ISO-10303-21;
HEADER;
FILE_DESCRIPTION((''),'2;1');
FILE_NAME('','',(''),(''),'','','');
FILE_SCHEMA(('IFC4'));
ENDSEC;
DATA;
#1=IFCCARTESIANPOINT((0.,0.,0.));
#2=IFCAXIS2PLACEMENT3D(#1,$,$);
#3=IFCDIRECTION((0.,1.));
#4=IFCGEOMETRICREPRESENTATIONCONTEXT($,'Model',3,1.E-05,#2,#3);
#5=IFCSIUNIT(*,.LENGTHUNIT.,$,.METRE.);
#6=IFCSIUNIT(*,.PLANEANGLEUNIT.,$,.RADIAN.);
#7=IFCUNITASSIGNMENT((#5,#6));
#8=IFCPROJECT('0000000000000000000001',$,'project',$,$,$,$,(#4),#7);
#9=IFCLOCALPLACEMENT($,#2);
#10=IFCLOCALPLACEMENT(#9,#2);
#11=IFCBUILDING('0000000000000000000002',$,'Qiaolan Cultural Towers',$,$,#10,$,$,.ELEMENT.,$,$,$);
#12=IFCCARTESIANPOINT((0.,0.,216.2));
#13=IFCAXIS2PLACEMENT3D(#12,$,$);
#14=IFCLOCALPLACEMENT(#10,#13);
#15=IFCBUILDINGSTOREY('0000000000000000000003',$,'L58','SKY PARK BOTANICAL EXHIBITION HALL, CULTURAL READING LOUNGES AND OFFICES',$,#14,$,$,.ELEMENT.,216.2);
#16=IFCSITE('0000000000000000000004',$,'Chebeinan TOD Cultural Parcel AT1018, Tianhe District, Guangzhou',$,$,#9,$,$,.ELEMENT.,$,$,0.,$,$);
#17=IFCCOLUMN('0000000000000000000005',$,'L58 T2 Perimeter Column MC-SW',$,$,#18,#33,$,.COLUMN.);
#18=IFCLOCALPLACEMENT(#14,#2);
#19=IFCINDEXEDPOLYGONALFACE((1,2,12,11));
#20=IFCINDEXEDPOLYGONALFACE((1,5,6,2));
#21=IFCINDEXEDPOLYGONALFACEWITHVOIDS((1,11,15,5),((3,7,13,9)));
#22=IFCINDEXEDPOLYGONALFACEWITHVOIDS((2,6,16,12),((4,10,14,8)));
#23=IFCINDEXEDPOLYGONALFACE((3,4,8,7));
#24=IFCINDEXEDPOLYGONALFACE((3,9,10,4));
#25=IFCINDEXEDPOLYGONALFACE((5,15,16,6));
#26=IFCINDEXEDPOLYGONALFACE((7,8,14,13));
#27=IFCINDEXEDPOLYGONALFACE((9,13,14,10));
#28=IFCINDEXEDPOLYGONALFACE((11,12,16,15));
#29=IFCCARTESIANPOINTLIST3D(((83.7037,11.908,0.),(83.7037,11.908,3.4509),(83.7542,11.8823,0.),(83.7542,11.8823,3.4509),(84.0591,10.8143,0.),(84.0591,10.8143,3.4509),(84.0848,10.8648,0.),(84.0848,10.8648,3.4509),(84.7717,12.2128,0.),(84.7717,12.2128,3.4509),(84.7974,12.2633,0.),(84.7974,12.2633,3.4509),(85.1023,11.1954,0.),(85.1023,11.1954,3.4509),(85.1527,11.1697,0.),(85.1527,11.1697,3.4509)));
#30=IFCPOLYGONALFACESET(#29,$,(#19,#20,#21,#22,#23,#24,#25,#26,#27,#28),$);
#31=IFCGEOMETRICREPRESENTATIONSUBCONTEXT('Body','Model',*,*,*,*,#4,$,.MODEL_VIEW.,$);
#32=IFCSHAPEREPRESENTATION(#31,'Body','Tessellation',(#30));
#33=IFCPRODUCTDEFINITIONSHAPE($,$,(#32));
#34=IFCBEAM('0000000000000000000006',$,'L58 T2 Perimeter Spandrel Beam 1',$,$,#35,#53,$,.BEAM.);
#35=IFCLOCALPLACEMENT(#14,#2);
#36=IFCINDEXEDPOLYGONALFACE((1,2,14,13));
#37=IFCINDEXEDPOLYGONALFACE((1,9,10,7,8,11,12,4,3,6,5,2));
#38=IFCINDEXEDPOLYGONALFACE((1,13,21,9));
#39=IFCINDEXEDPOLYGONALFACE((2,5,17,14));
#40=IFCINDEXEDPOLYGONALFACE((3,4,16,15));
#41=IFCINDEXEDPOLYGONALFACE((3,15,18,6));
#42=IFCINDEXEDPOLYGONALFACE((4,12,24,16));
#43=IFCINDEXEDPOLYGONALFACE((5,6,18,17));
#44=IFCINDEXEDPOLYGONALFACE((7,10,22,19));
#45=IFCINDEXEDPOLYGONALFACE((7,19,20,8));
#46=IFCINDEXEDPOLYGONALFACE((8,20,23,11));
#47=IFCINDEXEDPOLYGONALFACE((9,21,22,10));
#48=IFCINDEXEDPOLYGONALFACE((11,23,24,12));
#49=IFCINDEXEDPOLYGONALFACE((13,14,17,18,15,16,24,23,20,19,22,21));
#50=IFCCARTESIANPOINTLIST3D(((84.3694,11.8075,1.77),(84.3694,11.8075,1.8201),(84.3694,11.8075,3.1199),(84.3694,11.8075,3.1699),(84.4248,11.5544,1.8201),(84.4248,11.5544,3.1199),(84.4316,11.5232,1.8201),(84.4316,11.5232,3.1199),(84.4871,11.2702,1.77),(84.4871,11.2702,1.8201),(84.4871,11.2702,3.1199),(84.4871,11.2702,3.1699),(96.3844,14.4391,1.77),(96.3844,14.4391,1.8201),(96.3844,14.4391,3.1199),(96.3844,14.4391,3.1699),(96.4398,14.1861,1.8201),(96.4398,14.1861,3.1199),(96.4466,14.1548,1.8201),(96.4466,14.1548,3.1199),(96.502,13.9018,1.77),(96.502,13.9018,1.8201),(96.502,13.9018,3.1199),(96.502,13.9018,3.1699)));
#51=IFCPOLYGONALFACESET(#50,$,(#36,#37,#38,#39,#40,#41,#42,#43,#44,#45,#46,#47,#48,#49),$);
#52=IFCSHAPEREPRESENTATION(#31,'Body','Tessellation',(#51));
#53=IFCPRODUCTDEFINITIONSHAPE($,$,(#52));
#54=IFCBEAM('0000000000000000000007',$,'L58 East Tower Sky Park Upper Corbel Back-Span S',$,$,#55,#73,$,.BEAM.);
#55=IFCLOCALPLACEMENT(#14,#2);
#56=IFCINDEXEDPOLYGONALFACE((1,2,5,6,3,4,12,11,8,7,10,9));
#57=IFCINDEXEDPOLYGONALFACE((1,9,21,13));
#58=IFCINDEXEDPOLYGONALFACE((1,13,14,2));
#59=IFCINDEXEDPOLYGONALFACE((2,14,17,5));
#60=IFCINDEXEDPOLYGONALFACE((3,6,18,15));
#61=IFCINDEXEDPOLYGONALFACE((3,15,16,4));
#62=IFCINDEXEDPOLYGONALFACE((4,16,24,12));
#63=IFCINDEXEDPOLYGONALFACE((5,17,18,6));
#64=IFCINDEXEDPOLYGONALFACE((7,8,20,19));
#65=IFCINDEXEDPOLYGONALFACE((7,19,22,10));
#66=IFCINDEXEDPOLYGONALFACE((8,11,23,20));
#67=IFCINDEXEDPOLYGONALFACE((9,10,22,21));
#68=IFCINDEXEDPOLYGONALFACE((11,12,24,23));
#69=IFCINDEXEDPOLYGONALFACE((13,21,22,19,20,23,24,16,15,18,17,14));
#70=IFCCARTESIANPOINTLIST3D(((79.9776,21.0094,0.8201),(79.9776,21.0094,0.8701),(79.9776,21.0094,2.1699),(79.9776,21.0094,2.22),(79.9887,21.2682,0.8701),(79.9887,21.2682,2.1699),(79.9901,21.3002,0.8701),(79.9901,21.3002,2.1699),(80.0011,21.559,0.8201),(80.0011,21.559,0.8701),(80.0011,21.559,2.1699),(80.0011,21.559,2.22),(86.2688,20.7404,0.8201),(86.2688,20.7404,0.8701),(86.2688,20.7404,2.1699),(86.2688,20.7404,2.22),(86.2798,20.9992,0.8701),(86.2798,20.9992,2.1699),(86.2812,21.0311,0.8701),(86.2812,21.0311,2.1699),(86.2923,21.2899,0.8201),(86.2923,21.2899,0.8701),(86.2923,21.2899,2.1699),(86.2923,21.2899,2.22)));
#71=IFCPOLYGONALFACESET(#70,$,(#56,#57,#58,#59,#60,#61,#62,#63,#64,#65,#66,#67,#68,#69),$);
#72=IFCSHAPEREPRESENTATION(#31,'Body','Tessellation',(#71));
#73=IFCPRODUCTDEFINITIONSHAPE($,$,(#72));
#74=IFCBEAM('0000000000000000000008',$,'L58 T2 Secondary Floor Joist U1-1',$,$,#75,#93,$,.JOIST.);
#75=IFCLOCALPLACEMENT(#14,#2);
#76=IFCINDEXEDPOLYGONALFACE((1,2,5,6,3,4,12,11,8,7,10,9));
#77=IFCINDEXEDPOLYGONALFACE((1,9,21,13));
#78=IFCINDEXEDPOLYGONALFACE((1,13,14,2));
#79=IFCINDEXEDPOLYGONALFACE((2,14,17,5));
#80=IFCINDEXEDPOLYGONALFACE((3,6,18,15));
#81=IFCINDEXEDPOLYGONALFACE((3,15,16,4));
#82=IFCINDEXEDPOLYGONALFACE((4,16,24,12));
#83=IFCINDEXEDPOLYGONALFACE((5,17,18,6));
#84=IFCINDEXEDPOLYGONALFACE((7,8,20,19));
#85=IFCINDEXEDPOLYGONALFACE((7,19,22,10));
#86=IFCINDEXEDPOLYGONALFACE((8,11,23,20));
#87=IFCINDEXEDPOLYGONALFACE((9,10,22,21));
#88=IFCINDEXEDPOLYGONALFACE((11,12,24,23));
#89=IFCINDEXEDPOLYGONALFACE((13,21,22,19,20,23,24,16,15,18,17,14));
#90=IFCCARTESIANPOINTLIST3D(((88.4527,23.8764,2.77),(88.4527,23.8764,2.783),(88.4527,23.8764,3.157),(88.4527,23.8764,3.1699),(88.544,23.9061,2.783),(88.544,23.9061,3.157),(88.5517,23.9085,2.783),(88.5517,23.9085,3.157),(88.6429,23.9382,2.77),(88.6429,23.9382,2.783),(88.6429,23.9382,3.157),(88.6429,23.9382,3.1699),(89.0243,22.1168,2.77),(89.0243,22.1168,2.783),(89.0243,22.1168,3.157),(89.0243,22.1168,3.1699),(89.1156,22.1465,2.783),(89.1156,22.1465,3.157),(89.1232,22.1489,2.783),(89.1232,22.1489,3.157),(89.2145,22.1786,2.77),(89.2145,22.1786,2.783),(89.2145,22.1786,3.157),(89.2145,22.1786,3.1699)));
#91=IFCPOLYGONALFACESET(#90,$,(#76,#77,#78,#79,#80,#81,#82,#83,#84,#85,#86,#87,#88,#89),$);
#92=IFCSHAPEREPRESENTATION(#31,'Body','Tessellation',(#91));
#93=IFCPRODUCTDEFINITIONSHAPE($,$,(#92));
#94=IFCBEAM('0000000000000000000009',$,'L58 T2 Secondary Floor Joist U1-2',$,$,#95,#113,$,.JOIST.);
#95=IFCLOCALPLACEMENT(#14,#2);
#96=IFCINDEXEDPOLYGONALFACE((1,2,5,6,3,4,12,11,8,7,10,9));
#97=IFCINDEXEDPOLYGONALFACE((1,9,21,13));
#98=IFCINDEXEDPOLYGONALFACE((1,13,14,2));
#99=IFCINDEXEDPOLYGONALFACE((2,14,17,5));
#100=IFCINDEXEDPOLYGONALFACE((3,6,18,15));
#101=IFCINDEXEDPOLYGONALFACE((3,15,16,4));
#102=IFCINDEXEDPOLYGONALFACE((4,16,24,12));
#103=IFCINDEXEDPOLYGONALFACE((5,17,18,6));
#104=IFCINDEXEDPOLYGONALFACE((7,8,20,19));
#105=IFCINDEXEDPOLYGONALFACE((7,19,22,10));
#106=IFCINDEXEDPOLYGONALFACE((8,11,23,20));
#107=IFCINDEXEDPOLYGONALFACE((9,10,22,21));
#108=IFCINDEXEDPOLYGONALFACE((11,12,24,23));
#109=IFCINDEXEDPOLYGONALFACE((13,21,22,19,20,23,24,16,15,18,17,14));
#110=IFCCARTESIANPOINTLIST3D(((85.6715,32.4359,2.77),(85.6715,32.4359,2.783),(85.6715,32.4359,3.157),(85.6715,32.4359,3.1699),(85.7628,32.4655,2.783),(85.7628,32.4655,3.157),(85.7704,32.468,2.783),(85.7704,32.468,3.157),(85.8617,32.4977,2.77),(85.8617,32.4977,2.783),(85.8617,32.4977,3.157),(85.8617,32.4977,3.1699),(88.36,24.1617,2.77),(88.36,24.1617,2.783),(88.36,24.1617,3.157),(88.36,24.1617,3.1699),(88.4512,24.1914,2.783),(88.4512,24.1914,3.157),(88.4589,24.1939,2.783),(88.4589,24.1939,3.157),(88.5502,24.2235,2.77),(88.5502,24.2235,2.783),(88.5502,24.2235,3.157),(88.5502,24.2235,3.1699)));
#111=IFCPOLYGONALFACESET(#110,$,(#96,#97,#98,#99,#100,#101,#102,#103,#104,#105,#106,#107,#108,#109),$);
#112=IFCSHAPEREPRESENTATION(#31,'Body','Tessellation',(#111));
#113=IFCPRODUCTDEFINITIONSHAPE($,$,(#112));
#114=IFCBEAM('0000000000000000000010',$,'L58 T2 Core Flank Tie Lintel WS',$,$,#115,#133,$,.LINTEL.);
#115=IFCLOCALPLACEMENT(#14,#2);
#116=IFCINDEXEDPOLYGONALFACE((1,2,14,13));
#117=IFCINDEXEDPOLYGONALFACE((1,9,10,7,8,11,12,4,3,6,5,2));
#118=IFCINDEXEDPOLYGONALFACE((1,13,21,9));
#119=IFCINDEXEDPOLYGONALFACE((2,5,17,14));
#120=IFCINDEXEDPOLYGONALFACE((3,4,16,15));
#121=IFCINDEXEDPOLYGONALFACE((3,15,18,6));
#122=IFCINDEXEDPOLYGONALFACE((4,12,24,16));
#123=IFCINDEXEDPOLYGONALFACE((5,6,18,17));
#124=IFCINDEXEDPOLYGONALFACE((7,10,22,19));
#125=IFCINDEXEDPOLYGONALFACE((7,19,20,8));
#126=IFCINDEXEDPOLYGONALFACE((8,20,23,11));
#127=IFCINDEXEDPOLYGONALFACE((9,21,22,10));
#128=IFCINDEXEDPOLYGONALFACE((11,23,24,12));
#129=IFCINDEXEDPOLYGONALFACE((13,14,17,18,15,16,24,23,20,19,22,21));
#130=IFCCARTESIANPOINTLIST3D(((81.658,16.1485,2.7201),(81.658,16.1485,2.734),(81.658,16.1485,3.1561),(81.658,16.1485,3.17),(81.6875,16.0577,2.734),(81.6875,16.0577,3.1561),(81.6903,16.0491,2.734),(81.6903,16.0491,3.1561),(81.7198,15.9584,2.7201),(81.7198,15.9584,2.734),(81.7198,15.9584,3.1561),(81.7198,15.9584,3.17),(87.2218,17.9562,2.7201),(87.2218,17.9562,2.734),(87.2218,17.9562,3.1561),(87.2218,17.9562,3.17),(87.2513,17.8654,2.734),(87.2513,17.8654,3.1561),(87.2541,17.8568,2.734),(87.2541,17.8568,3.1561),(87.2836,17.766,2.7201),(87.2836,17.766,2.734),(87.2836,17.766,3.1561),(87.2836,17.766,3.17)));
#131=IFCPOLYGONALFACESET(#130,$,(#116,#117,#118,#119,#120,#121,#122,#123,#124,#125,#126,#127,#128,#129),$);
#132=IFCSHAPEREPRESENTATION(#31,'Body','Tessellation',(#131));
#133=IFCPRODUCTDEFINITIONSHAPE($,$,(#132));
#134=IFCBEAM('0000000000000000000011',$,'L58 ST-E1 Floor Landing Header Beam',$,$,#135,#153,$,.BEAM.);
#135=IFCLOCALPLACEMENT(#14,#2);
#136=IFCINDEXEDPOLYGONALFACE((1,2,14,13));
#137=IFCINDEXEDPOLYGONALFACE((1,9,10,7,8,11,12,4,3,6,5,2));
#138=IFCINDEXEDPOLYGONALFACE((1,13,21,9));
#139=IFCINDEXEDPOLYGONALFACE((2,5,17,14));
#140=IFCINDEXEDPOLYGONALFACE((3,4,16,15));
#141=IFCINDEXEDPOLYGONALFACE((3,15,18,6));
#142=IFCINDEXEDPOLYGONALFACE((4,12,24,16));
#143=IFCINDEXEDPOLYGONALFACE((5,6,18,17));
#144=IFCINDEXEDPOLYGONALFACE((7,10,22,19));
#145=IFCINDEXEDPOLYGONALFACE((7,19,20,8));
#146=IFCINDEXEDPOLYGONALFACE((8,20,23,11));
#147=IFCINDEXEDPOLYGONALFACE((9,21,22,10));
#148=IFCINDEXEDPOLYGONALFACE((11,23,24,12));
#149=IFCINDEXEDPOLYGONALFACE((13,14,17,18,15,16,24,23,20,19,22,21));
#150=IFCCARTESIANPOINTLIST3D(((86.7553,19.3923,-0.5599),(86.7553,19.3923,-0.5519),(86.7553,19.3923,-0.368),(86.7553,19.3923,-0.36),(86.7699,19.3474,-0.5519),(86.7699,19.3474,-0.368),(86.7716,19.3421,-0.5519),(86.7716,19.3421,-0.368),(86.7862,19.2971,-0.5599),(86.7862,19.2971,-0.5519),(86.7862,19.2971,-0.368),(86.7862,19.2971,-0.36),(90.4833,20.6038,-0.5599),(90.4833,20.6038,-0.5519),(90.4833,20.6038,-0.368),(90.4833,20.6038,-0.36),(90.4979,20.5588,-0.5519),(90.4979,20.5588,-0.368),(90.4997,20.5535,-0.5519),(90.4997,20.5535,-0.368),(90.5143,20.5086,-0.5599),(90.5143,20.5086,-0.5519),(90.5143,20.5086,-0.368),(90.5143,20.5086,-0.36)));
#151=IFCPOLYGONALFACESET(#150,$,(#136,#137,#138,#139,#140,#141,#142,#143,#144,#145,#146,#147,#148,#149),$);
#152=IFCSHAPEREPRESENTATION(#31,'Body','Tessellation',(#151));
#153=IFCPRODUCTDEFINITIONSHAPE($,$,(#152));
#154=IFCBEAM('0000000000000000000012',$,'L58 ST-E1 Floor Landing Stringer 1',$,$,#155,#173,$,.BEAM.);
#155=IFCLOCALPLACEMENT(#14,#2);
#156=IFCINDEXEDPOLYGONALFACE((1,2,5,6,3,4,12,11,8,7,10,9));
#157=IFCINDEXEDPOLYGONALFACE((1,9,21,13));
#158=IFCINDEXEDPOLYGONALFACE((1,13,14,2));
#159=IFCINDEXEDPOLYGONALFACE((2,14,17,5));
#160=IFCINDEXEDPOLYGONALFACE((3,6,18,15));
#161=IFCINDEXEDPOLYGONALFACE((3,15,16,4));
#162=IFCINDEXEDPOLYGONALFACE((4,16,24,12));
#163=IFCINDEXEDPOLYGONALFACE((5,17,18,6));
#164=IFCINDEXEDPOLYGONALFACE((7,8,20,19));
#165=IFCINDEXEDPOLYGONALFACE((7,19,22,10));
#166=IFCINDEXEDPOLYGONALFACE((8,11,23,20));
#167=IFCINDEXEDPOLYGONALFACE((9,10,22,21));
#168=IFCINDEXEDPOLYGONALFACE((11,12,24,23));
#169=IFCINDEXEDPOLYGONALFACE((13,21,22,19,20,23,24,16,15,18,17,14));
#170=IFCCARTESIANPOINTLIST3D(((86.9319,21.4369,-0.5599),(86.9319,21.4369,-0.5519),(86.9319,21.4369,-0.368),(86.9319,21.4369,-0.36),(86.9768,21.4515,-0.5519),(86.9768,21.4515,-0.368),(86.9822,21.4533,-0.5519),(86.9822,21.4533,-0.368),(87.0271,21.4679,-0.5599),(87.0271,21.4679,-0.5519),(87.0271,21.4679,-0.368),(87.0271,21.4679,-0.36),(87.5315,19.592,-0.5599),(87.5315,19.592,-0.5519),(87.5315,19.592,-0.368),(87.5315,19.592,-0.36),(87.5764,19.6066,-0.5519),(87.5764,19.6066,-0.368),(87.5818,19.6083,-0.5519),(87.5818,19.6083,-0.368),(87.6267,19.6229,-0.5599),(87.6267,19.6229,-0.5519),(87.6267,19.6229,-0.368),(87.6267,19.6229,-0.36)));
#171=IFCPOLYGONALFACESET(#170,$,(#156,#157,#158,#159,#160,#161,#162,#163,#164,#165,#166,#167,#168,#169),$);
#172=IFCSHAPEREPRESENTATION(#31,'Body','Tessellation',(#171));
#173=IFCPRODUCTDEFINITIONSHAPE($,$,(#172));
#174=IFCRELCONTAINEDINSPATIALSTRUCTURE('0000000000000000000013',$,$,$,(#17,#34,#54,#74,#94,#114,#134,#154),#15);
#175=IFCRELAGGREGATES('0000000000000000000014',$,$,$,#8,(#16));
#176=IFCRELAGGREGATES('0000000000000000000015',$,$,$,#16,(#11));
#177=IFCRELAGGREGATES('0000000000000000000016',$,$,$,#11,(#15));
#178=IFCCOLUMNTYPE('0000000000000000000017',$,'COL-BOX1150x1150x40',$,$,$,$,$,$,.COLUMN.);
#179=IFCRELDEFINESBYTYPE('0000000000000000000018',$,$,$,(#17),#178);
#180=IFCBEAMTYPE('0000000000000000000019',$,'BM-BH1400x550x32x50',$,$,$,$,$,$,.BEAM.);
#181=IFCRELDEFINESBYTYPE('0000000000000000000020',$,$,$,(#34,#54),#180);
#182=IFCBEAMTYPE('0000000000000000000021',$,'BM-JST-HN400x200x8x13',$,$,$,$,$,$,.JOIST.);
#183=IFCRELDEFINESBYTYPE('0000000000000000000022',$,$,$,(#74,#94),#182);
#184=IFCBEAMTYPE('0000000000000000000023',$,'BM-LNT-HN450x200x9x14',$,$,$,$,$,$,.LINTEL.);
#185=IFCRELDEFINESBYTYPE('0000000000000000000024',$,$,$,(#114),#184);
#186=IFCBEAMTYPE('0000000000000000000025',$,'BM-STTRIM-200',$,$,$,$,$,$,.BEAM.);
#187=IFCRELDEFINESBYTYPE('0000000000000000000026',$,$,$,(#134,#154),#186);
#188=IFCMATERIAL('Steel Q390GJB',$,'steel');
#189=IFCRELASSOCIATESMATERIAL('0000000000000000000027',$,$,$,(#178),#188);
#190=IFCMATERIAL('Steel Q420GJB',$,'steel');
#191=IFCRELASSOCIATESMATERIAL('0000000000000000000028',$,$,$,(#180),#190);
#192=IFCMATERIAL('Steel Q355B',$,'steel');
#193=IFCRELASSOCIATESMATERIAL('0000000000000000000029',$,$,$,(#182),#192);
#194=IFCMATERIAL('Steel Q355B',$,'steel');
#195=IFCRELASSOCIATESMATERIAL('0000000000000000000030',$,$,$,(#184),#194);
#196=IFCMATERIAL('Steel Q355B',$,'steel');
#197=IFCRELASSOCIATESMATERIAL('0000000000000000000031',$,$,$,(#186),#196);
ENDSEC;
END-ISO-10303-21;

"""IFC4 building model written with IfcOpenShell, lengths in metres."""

from ifc_helpers import new_model, si_unit, direction, frame, origin, origin_2d, place, context, subcontext, project, spatial, hollow_rectangle, i_section, extrude, material, material_profile, profile_set, type_object, element, save


model = new_model("IFC4")

# Units and contexts
model_context = context("Model", 3, precision=1e-05, world=origin(), true_north=direction((0.0, 1.0)))
body_context = subcontext(model_context, "Body", "Model", "MODEL_VIEW")
ifc_project = project(units=[si_unit("LENGTHUNIT", "METRE"), si_unit("PLANEANGLEUNIT", "RADIAN")], contexts=[model_context])

# Site, building, storey
site_placement = place(None, origin())
site = spatial("IfcSite", under=ifc_project, at=site_placement, Name="Chebeinan TOD Cultural Parcel AT1018, Tianhe District, Guangzhou", CompositionType="ELEMENT", RefElevation=0.0)
building_placement = place(site_placement, origin())
building = spatial("IfcBuilding", under=site, at=building_placement, Name="Qiaolan Cultural Towers", CompositionType="ELEMENT")
storey_placement = place(building_placement, frame((0.0, 0.0, 216.2)))
storey = spatial("IfcBuildingStorey", under=building, at=storey_placement, Name="L58", Description="SKY PARK BOTANICAL EXHIBITION HALL, CULTURAL READING LOUNGES AND OFFICES", CompositionType="ELEMENT", Elevation=216.2)

# Column
ifc_material_1 = material(Name="Steel Q390GJB", Category="steel")
ifc_material_profile_1 = material_profile(ifc_material_1, hollow_rectangle(XDim=1.1499, YDim=1.1499, WallThickness=0.04, at=origin_2d()), Name="BOX1150x1150x40")
ifc_profile_set_1 = profile_set([ifc_material_profile_1], Name="Steel Q390GJB")
column_type = type_object("IfcColumnType", Name="COL-BOX1150x1150x40", PredefinedType="COLUMN", material=ifc_profile_set_1)
column_placement = place(storey_placement, frame((84.4282, 11.5388, 0.0), z_axis=(0.0, 0.0, 1.0), x_axis=(0.951057, 0.309017, 0.0)))
element("IfcColumn", 1, at=column_placement, inside=storey, type_object=column_type, Name="L58 T2 Perimeter Column MC-SW", PredefinedType="COLUMN", context=body_context, shape_type="SweptSolid", body=[
    extrude(hollow_rectangle(XDim=1.1499, YDim=1.1499, WallThickness=0.04, at=origin_2d()), origin(), (0.0, 0.0, 1.0), 3.4509),
])

# Beams
ifc_material_2 = material(Name="Steel Q420GJB", Category="steel")
ifc_material_profile_2 = material_profile(ifc_material_2, i_section(OverallWidth=0.55, OverallDepth=1.3999, WebThickness=0.032, FlangeThickness=0.05, at=origin_2d()), Name="BH1400x550x32x50")
ifc_profile_set_2 = profile_set([ifc_material_profile_2], Name="Steel Q420GJB")
beam_type_1 = type_object("IfcBeamType", Name="BM-BH1400x550x32x50", PredefinedType="BEAM", material=ifc_profile_set_2)
beam_1_placement = place(storey_placement, frame((84.4282, 11.5388, 2.47), z_axis=(0.976843, 0.213956, 0.0), x_axis=(-0.213956, 0.976843, 0.0)))
element("IfcBeam", 2, at=beam_1_placement, inside=storey, type_object=beam_type_1, Name="L58 T2 Perimeter Spandrel Beam 1", PredefinedType="BEAM", context=body_context, shape_type="SweptSolid", body=[
    extrude(i_section(OverallWidth=0.55, OverallDepth=1.3999, WebThickness=0.032, FlangeThickness=0.05, at=origin_2d()), origin(), (0.0, 0.0, 1.0), 12.2998),
])
beam_2_placement = place(storey_placement, frame((86.2805, 21.0151, 1.52), z_axis=(-0.999087, 0.042727, 0.0), x_axis=(-0.042727, -0.999087, 0.0)))
element("IfcBeam", 3, at=beam_2_placement, inside=storey, type_object=beam_type_1, Name="L58 East Tower Sky Park Upper Corbel Back-Span S", PredefinedType="BEAM", context=body_context, shape_type="SweptSolid", body=[
    extrude(i_section(OverallWidth=0.55, OverallDepth=1.3999, WebThickness=0.032, FlangeThickness=0.05, at=origin_2d()), origin(), (0.0, 0.0, 1.0), 6.2969),
])
ifc_material_3 = material(Name="Steel Q355B", Category="steel")
ifc_material_profile_3 = material_profile(ifc_material_3, i_section(OverallWidth=0.2, OverallDepth=0.3999, WebThickness=0.0081, FlangeThickness=0.0129, at=origin_2d()), Name="HN400x200x8x13")
ifc_profile_set_3 = profile_set([ifc_material_profile_3], Name="Steel Q355B")
beam_type_2 = type_object("IfcBeamType", Name="BM-JST-HN400x200x8x13", PredefinedType="JOIST", material=ifc_profile_set_3)
beam_3_placement = place(storey_placement, frame((89.1194, 22.1477, 2.97), z_axis=(-0.308934, 0.951084, 0.0), x_axis=(-0.951084, -0.308934, 0.0)))
element("IfcBeam", 4, at=beam_3_placement, inside=storey, type_object=beam_type_2, Name="L58 T2 Secondary Floor Joist U1-1", PredefinedType="JOIST", context=body_context, shape_type="SweptSolid", body=[
    extrude(i_section(OverallWidth=0.2, OverallDepth=0.3999, WebThickness=0.0081, FlangeThickness=0.0129, at=origin_2d()), origin(), (0.0, 0.0, 1.0), 1.8501),
])
beam_4_placement = place(storey_placement, frame((88.4551, 24.1926, 2.97), z_axis=(-0.309021, 0.951055, 0.0), x_axis=(-0.951055, -0.309021, 0.0)))
element("IfcBeam", 5, at=beam_4_placement, inside=storey, type_object=beam_type_2, Name="L58 T2 Secondary Floor Joist U1-2", PredefinedType="JOIST", context=body_context, shape_type="SweptSolid", body=[
    extrude(i_section(OverallWidth=0.2, OverallDepth=0.3999, WebThickness=0.0081, FlangeThickness=0.0129, at=origin_2d()), origin(), (0.0, 0.0, 1.0), 8.7),
])
ifc_material_4 = material(Name="Steel Q355B", Category="steel")
ifc_material_profile_4 = material_profile(ifc_material_4, i_section(OverallWidth=0.2, OverallDepth=0.45, WebThickness=0.009, FlangeThickness=0.0139, at=origin_2d()), Name="HN450x200x9x14")
ifc_profile_set_4 = profile_set([ifc_material_profile_4], Name="Steel Q355B")
beam_type_3 = type_object("IfcBeamType", Name="BM-LNT-HN450x200x9x14", PredefinedType="LINTEL", material=ifc_profile_set_4)
beam_5_placement = place(storey_placement, frame((87.2527, 17.8611, 2.9451), z_axis=(-0.951064, -0.308995, 0.0), x_axis=(0.308995, -0.951064, 0.0)))
element("IfcBeam", 6, at=beam_5_placement, inside=storey, type_object=beam_type_3, Name="L58 T2 Core Flank Tie Lintel WS", PredefinedType="LINTEL", context=body_context, shape_type="SweptSolid", body=[
    extrude(i_section(OverallWidth=0.2, OverallDepth=0.45, WebThickness=0.009, FlangeThickness=0.0139, at=origin_2d()), origin(), (0.0, 0.0, 1.0), 5.8501),
])
ifc_material_5 = material(Name="Steel Q355B", Category="steel")
ifc_material_profile_5 = material_profile(ifc_material_5, i_section(OverallWidth=0.1001, OverallDepth=0.2, WebThickness=0.0056, FlangeThickness=0.0081, at=origin_2d()), Name="HN200x100x5.5x8")
ifc_profile_set_5 = profile_set([ifc_material_profile_5], Name="Steel Q355B")
beam_type_4 = type_object("IfcBeamType", Name="BM-STTRIM-200", PredefinedType="BEAM", material=ifc_profile_set_5)
beam_6_placement = place(storey_placement, frame((86.7708, 19.3447, -0.46), z_axis=(0.951048, 0.309044, 0.0), x_axis=(-0.309044, 0.951048, 0.0)))
element("IfcBeam", 7, at=beam_6_placement, inside=storey, type_object=beam_type_4, Name="L58 ST-E1 Floor Landing Header Beam", PredefinedType="BEAM", context=body_context, shape_type="SweptSolid", body=[
    extrude(i_section(OverallWidth=0.1001, OverallDepth=0.2, WebThickness=0.0056, FlangeThickness=0.0081, at=origin_2d()), origin(), (0.0, 0.0, 1.0), 3.9199),
])
for number, where, z_axis, x_axis, name in (
    (8, (86.9795, 21.4524, -0.46), (0.309083, -0.951035, 0.0), (0.951035, 0.309083, 0.0), "L58 ST-E1 Floor Landing Stringer 1"),
):
    element("IfcBeam", number, at=place(storey_placement, frame(where, z_axis=z_axis, x_axis=x_axis)), inside=storey, type_object=beam_type_4, Name=name, PredefinedType="BEAM", context=body_context, shape_type="SweptSolid", body=[
        extrude(i_section(OverallWidth=0.1001, OverallDepth=0.2, WebThickness=0.0056, FlangeThickness=0.0081, at=origin_2d()), origin(), (0.0, 0.0, 1.0), 1.9399),
    ])

save(model, "model.ifc")
